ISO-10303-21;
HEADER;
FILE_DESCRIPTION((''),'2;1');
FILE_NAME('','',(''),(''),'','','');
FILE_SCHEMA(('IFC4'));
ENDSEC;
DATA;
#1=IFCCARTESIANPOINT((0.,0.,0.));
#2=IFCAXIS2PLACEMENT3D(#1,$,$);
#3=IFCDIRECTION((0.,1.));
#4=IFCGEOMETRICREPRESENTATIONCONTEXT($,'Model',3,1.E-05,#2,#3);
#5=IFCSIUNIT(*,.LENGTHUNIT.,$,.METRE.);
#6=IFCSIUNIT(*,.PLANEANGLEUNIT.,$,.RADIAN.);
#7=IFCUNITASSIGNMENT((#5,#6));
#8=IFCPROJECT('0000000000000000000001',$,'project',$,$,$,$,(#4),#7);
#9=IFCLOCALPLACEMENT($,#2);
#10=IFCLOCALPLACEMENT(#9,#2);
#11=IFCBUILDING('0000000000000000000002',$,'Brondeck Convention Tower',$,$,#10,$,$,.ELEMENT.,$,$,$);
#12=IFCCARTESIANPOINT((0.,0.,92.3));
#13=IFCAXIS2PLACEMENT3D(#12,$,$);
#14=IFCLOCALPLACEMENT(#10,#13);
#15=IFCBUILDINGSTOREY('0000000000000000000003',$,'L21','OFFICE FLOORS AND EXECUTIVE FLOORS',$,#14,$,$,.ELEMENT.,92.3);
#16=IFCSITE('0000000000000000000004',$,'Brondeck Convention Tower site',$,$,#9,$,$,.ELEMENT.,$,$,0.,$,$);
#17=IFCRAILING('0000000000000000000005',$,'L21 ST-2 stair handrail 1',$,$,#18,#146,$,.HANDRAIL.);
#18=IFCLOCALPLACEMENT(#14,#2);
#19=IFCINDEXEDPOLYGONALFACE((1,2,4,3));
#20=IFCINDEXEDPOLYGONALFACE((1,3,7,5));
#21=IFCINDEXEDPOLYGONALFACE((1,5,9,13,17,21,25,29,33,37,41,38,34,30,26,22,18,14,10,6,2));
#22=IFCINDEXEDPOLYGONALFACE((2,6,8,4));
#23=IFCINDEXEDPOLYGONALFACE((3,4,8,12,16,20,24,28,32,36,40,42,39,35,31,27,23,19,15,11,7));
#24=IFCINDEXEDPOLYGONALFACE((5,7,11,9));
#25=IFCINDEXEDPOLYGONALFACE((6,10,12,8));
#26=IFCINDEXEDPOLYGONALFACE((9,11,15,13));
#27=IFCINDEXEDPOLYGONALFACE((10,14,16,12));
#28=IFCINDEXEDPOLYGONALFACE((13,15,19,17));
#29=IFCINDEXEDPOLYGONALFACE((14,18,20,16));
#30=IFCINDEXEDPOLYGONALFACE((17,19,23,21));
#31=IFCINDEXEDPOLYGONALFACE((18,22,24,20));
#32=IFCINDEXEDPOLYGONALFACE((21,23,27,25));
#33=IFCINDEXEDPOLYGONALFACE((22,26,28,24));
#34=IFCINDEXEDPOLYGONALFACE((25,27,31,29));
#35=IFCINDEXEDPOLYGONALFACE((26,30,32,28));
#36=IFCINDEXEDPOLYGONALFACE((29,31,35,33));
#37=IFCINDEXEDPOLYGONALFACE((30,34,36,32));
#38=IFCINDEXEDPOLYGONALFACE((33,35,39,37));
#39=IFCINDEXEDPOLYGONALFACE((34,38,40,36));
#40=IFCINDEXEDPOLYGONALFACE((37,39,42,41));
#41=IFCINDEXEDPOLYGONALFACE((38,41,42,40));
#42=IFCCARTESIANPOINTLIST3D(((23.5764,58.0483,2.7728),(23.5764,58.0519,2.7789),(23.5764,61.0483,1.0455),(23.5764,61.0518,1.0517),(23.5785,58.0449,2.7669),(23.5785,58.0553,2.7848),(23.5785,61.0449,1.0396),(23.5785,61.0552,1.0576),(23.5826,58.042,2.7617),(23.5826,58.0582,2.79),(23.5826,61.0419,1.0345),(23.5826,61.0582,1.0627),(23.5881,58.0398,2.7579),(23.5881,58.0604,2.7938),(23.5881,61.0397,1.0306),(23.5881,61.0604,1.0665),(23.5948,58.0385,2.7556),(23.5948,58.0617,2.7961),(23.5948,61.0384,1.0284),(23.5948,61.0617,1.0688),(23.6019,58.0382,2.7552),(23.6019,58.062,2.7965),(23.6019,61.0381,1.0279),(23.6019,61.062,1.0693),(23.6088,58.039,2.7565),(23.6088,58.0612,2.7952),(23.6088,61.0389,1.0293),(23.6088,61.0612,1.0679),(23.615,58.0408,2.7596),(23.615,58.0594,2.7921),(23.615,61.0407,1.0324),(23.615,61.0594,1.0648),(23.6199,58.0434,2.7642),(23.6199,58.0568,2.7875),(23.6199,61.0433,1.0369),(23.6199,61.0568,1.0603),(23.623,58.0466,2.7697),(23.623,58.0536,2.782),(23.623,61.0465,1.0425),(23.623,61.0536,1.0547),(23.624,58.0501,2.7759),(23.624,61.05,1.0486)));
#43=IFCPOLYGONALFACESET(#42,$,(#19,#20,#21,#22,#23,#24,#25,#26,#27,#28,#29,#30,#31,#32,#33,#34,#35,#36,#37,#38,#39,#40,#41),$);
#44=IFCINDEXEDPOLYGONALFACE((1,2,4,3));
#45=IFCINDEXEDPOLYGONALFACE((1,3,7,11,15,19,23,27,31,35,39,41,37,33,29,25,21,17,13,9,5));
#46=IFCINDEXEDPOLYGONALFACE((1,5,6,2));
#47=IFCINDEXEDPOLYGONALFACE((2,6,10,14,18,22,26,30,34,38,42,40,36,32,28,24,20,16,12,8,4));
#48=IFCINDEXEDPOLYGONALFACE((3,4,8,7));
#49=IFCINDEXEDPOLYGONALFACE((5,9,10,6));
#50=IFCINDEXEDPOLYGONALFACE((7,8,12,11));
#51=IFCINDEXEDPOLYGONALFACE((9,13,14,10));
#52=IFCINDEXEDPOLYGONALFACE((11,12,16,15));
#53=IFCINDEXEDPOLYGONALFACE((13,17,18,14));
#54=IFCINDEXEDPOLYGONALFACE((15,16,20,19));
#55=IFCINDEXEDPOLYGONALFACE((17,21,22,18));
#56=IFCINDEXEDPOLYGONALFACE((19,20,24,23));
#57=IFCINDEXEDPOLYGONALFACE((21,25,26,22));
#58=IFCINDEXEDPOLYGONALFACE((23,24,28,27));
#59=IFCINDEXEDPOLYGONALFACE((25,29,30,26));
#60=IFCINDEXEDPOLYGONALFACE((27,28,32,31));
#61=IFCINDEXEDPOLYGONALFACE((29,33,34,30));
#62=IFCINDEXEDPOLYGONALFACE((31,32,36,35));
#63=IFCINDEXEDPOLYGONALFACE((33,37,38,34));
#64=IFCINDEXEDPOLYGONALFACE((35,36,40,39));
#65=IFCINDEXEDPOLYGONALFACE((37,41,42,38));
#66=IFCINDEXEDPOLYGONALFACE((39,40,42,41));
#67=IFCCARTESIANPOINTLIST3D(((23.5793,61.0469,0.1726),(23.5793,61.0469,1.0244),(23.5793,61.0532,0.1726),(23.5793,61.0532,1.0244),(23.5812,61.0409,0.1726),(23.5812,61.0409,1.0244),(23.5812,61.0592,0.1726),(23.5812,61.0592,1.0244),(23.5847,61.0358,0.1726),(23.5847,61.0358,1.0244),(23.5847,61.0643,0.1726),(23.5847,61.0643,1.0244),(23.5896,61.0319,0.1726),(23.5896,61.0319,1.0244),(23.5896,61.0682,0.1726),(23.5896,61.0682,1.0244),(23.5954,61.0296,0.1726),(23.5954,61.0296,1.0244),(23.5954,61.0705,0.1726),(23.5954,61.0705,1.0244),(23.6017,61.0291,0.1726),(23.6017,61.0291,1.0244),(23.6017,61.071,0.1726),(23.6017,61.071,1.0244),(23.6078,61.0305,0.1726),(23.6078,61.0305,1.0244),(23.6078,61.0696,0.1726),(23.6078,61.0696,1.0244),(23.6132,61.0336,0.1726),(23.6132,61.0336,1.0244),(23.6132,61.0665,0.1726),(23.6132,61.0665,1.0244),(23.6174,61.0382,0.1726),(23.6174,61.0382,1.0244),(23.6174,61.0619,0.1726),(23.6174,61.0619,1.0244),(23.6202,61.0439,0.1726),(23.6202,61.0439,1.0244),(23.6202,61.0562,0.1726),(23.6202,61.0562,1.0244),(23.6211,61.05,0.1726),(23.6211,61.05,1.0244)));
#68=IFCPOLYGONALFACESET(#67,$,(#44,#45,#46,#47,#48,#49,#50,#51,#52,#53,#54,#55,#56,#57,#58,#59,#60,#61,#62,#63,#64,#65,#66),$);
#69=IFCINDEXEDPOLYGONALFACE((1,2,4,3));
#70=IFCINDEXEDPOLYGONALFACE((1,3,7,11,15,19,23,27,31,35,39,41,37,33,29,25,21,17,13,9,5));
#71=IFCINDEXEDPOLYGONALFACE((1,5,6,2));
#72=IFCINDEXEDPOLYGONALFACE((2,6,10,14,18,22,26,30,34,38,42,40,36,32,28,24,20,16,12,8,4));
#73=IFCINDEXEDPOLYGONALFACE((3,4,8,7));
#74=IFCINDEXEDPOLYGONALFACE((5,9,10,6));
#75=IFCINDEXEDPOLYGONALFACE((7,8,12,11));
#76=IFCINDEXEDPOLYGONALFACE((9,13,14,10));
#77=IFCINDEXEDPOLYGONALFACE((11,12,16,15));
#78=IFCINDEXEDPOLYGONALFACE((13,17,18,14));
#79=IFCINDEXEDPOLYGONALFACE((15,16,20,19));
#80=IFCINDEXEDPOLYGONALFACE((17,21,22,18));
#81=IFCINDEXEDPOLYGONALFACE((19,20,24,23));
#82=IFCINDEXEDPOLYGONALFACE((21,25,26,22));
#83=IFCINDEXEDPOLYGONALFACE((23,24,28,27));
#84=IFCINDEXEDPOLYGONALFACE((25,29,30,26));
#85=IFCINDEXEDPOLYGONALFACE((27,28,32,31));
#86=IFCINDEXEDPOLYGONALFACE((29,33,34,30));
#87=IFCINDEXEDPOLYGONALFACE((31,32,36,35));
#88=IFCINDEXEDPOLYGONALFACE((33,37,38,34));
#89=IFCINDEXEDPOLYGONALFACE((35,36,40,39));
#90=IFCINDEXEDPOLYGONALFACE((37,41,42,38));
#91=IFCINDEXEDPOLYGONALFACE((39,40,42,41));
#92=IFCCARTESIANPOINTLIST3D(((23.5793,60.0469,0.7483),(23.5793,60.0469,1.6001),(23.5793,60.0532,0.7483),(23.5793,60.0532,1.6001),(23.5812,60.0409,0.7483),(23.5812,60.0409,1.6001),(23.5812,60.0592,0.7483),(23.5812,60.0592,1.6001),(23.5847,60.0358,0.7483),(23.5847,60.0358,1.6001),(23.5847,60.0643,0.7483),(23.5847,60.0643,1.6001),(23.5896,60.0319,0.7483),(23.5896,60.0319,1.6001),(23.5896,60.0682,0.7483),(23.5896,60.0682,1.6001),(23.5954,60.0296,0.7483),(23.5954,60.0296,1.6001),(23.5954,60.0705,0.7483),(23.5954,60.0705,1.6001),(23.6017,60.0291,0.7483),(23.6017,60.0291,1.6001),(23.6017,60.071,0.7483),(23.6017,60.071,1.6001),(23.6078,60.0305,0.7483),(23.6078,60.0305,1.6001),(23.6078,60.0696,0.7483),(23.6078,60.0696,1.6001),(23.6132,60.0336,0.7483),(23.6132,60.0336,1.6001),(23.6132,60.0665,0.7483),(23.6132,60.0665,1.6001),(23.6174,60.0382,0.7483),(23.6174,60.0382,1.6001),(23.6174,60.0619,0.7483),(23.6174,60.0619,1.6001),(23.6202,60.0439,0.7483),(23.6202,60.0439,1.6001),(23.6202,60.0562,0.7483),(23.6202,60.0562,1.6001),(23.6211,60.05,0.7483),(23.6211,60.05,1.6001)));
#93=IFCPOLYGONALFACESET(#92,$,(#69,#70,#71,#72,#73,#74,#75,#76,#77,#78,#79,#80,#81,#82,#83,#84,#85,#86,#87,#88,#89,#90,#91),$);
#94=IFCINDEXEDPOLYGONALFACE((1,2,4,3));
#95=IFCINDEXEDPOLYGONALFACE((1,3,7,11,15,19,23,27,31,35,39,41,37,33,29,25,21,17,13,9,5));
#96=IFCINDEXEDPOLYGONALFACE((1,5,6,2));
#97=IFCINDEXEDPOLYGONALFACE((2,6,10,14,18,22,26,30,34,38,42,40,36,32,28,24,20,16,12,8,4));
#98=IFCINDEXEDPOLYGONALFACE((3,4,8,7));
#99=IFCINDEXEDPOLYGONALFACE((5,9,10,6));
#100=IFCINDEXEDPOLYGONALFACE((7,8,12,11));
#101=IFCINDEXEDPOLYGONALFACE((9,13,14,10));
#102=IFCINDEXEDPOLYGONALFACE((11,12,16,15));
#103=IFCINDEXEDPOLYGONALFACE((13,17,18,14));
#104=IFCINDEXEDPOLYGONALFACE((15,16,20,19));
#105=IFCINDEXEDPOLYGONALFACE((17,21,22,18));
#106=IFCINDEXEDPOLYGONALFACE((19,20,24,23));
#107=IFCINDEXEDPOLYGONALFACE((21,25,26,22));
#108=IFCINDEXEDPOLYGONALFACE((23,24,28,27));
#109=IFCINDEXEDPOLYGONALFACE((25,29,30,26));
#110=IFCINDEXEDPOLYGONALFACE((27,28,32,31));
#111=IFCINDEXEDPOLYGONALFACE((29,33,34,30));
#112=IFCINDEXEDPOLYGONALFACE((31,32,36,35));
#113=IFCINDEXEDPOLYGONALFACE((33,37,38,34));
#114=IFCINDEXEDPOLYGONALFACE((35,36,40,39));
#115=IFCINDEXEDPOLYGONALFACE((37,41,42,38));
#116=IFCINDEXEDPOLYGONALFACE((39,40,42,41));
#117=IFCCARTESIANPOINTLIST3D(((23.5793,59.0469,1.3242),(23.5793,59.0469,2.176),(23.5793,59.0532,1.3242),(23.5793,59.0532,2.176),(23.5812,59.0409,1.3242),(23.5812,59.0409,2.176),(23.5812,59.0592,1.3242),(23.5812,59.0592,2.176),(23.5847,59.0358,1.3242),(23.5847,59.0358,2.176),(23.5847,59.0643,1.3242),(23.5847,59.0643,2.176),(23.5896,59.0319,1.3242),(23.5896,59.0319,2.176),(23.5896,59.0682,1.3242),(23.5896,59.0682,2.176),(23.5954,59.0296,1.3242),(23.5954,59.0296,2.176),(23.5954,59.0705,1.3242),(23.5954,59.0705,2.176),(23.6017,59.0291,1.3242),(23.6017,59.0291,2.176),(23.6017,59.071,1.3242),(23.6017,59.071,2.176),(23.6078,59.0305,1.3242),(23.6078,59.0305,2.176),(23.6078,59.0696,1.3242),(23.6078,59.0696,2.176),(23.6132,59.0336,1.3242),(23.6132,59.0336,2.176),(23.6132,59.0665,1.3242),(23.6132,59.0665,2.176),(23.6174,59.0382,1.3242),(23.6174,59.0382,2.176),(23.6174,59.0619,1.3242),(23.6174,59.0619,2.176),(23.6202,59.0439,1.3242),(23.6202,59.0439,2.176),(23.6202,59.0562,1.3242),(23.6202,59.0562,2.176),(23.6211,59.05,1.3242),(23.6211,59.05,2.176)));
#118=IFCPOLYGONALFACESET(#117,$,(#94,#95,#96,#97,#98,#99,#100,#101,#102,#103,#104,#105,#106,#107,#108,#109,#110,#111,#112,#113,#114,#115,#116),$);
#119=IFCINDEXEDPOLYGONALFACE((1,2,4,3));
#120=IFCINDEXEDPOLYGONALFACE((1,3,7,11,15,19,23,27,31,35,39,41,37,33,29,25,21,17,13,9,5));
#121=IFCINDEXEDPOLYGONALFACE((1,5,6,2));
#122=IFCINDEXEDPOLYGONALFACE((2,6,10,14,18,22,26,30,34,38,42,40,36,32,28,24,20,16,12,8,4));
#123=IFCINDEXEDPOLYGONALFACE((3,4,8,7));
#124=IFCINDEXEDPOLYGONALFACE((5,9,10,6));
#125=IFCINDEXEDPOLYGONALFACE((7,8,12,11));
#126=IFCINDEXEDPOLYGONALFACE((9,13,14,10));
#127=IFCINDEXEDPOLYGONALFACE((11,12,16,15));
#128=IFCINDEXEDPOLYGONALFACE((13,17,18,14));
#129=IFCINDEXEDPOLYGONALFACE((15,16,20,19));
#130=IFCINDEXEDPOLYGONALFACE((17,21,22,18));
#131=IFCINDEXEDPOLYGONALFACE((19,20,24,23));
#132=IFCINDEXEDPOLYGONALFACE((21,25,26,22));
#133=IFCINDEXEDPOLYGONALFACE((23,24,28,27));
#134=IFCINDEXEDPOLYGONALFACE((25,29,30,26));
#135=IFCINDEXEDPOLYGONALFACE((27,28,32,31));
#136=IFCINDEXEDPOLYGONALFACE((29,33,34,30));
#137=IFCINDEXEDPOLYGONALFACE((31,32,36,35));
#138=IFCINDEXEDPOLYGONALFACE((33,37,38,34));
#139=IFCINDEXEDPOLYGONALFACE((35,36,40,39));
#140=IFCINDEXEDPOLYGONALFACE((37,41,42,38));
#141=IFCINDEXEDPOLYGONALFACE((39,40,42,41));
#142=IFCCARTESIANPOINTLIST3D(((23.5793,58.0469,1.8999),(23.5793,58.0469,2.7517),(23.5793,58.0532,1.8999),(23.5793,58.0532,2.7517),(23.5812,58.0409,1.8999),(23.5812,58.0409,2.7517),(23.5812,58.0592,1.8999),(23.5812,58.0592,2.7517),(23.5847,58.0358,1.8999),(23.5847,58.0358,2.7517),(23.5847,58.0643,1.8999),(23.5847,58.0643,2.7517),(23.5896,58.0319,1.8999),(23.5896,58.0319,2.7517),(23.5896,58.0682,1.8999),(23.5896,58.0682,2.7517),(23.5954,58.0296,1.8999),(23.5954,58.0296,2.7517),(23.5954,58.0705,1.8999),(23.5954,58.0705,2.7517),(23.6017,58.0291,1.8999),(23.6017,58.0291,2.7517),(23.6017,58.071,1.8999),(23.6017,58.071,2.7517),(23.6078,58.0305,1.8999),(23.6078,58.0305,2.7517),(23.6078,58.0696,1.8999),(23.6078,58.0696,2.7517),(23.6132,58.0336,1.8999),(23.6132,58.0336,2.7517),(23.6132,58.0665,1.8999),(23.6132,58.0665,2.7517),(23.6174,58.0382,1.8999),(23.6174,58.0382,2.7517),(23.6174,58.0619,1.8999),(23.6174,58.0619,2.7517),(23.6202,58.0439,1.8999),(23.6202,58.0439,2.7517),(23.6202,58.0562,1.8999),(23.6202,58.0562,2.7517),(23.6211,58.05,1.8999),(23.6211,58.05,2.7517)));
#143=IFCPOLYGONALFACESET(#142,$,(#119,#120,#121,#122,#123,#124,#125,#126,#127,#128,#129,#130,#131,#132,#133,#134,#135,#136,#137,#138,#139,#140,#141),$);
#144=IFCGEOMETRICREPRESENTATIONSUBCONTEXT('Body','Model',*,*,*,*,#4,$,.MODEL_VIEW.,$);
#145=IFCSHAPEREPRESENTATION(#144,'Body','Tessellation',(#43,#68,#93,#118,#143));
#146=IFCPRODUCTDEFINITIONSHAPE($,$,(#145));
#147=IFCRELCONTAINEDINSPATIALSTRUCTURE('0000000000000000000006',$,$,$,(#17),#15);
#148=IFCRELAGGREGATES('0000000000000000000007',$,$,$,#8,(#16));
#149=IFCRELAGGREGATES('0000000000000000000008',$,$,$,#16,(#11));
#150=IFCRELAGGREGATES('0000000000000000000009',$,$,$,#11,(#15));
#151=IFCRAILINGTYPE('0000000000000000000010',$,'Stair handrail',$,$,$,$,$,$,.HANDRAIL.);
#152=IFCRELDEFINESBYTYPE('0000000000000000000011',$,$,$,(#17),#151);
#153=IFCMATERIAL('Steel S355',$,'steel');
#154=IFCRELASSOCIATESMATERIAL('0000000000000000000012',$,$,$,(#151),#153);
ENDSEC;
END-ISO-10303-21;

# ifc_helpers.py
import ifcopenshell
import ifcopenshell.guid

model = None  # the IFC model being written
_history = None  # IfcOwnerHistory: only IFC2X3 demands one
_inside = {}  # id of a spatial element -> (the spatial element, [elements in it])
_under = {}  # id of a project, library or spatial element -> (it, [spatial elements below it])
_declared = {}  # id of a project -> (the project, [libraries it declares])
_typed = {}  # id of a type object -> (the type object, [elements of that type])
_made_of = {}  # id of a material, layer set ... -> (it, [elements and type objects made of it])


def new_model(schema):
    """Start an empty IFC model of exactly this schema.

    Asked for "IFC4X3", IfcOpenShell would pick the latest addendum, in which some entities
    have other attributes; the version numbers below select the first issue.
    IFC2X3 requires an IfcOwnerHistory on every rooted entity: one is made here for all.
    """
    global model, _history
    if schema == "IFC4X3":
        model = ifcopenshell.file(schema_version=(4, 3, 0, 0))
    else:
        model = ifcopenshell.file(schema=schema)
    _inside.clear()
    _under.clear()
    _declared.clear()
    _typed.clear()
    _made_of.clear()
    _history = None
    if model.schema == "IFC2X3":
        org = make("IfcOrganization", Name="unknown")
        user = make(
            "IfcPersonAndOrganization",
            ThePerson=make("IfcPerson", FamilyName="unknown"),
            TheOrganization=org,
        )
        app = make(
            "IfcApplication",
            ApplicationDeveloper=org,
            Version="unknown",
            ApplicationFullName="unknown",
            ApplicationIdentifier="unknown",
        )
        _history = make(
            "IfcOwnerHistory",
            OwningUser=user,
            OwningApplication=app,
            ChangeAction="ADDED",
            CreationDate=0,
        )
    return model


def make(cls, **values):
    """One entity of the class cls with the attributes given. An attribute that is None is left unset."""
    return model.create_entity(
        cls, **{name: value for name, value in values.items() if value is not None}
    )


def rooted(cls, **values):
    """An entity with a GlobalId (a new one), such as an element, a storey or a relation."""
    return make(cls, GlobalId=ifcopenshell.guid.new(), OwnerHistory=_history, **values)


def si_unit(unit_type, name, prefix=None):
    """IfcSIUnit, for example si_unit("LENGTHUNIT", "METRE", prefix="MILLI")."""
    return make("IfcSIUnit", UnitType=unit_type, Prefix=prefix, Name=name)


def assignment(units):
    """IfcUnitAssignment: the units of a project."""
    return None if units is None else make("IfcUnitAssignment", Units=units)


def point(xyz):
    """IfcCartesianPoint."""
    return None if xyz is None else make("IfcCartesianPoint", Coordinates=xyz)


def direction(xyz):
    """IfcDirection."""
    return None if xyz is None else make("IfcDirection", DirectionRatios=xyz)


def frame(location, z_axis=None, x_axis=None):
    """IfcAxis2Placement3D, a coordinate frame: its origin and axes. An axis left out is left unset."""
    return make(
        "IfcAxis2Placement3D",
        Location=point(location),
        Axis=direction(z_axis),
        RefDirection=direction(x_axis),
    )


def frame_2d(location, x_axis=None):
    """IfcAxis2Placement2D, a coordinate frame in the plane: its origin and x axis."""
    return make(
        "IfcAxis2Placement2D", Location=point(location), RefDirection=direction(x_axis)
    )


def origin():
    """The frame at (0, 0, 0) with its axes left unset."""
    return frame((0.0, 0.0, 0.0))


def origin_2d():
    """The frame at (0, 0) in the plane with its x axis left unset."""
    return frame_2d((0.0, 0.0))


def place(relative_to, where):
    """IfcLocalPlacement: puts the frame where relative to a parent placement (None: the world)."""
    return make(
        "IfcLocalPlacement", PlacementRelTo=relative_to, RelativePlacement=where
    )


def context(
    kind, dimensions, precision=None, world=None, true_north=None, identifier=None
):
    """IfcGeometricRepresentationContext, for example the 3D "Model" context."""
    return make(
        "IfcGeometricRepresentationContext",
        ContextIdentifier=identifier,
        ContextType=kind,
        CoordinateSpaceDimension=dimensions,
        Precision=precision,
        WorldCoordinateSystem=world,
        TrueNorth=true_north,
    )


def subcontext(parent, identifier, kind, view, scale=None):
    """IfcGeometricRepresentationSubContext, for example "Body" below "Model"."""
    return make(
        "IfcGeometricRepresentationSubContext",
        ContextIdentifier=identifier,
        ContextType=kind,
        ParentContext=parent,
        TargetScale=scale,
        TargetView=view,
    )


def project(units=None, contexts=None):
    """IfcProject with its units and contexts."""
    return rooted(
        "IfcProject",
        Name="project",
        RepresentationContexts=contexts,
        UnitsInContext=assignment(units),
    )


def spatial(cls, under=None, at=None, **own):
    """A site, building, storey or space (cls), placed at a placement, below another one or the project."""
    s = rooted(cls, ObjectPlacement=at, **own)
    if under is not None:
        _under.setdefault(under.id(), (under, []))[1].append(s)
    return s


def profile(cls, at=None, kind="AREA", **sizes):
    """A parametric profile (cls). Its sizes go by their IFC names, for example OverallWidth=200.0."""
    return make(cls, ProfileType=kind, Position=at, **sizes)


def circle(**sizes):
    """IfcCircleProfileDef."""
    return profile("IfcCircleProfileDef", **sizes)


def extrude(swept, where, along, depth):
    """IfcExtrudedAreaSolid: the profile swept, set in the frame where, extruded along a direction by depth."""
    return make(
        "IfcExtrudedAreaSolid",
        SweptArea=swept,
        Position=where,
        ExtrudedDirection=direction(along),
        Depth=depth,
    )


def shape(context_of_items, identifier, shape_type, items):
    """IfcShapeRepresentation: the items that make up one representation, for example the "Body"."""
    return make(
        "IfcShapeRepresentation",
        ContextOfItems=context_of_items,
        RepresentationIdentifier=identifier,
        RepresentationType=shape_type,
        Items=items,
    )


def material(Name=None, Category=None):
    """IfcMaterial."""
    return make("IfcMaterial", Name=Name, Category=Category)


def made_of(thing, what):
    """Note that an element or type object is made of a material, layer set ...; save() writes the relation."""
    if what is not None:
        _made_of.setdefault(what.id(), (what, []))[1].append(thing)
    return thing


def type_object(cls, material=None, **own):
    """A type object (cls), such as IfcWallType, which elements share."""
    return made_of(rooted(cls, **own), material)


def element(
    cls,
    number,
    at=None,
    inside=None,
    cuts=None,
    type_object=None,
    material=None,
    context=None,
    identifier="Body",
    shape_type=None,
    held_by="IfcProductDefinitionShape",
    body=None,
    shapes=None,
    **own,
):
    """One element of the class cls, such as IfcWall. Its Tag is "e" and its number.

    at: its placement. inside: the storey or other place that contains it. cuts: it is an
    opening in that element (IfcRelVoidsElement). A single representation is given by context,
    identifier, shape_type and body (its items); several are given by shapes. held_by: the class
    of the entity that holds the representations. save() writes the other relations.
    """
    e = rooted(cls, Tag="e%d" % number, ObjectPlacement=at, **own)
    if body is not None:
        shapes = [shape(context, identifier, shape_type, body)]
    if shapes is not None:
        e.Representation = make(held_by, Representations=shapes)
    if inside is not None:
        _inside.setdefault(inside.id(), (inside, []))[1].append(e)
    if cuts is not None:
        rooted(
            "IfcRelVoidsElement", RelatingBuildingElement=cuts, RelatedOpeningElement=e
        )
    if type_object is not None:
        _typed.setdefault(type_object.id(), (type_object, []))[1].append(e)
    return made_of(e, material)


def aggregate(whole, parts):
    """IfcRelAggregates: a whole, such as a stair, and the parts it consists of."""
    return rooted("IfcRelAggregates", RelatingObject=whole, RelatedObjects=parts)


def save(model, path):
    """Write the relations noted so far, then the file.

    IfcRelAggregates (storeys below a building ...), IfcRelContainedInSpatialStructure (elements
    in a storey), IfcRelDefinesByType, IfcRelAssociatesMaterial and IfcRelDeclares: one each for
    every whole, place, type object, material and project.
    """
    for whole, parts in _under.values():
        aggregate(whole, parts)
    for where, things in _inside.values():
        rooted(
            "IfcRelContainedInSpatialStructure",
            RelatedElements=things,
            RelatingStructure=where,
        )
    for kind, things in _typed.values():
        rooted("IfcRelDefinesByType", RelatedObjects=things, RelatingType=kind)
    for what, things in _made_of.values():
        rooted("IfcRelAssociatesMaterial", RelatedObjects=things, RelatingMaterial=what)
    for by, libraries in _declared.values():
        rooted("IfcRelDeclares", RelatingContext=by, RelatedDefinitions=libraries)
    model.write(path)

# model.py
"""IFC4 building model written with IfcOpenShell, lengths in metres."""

from ifc_helpers import new_model, si_unit, direction, frame, origin, origin_2d, place, context, subcontext, project, spatial, circle, extrude, material, type_object, element, save


model = new_model("IFC4")

# Units and contexts
model_context = context("Model", 3, precision=1e-05, world=origin(), true_north=direction((0.0, 1.0)))
body_context = subcontext(model_context, "Body", "Model", "MODEL_VIEW")
ifc_project = project(units=[si_unit("LENGTHUNIT", "METRE"), si_unit("PLANEANGLEUNIT", "RADIAN")], contexts=[model_context])

# Site, building, storey
site_placement = place(None, origin())
site = spatial("IfcSite", under=ifc_project, at=site_placement, Name="Brondeck Convention Tower site", CompositionType="ELEMENT", RefElevation=0.0)
building_placement = place(site_placement, origin())
building = spatial("IfcBuilding", under=site, at=building_placement, Name="Brondeck Convention Tower", CompositionType="ELEMENT")
storey_placement = place(building_placement, frame((0.0, 0.0, 92.3)))
storey = spatial("IfcBuildingStorey", under=building, at=storey_placement, Name="L21", Description="OFFICE FLOORS AND EXECUTIVE FLOORS", CompositionType="ELEMENT", Elevation=92.3)

# Railing
ifc_material_1 = material(Name="Steel S355", Category="steel")
railing_type_1 = type_object("IfcRailingType", Name="Stair handrail", PredefinedType="HANDRAIL", material=ifc_material_1)
railing_1_placement = place(storey_placement, frame((23.6001, 61.05, 0.1726)))
element("IfcRailing", 1, at=railing_1_placement, inside=storey, type_object=railing_type_1, Name="L21 ST-2 stair handrail 1", PredefinedType="HANDRAIL", context=body_context, shape_type="SweptSolid", body=[
    extrude(circle(Radius=0.0239, at=origin_2d()), frame((0.0, 0.0, 0.876), z_axis=(0.0, -0.86662, 0.498969), x_axis=(1.0, 0.0, 0.0)), (0.0, 0.0, 1.0), 3.4617),
    extrude(circle(Radius=0.021, at=origin_2d()), origin(), (0.0, 0.0, 1.0), 0.8518),
    extrude(circle(Radius=0.021, at=origin_2d()), frame((0.0, -1.0, 0.5757)), (0.0, 0.0, 1.0), 0.8518),
    extrude(circle(Radius=0.021, at=origin_2d()), frame((0.0, -2.0, 1.1516)), (0.0, 0.0, 1.0), 0.8518),
    extrude(circle(Radius=0.021, at=origin_2d()), frame((0.0, -3.0, 1.7273)), (0.0, 0.0, 1.0), 0.8518),
])

save(model, "model.ifc")
